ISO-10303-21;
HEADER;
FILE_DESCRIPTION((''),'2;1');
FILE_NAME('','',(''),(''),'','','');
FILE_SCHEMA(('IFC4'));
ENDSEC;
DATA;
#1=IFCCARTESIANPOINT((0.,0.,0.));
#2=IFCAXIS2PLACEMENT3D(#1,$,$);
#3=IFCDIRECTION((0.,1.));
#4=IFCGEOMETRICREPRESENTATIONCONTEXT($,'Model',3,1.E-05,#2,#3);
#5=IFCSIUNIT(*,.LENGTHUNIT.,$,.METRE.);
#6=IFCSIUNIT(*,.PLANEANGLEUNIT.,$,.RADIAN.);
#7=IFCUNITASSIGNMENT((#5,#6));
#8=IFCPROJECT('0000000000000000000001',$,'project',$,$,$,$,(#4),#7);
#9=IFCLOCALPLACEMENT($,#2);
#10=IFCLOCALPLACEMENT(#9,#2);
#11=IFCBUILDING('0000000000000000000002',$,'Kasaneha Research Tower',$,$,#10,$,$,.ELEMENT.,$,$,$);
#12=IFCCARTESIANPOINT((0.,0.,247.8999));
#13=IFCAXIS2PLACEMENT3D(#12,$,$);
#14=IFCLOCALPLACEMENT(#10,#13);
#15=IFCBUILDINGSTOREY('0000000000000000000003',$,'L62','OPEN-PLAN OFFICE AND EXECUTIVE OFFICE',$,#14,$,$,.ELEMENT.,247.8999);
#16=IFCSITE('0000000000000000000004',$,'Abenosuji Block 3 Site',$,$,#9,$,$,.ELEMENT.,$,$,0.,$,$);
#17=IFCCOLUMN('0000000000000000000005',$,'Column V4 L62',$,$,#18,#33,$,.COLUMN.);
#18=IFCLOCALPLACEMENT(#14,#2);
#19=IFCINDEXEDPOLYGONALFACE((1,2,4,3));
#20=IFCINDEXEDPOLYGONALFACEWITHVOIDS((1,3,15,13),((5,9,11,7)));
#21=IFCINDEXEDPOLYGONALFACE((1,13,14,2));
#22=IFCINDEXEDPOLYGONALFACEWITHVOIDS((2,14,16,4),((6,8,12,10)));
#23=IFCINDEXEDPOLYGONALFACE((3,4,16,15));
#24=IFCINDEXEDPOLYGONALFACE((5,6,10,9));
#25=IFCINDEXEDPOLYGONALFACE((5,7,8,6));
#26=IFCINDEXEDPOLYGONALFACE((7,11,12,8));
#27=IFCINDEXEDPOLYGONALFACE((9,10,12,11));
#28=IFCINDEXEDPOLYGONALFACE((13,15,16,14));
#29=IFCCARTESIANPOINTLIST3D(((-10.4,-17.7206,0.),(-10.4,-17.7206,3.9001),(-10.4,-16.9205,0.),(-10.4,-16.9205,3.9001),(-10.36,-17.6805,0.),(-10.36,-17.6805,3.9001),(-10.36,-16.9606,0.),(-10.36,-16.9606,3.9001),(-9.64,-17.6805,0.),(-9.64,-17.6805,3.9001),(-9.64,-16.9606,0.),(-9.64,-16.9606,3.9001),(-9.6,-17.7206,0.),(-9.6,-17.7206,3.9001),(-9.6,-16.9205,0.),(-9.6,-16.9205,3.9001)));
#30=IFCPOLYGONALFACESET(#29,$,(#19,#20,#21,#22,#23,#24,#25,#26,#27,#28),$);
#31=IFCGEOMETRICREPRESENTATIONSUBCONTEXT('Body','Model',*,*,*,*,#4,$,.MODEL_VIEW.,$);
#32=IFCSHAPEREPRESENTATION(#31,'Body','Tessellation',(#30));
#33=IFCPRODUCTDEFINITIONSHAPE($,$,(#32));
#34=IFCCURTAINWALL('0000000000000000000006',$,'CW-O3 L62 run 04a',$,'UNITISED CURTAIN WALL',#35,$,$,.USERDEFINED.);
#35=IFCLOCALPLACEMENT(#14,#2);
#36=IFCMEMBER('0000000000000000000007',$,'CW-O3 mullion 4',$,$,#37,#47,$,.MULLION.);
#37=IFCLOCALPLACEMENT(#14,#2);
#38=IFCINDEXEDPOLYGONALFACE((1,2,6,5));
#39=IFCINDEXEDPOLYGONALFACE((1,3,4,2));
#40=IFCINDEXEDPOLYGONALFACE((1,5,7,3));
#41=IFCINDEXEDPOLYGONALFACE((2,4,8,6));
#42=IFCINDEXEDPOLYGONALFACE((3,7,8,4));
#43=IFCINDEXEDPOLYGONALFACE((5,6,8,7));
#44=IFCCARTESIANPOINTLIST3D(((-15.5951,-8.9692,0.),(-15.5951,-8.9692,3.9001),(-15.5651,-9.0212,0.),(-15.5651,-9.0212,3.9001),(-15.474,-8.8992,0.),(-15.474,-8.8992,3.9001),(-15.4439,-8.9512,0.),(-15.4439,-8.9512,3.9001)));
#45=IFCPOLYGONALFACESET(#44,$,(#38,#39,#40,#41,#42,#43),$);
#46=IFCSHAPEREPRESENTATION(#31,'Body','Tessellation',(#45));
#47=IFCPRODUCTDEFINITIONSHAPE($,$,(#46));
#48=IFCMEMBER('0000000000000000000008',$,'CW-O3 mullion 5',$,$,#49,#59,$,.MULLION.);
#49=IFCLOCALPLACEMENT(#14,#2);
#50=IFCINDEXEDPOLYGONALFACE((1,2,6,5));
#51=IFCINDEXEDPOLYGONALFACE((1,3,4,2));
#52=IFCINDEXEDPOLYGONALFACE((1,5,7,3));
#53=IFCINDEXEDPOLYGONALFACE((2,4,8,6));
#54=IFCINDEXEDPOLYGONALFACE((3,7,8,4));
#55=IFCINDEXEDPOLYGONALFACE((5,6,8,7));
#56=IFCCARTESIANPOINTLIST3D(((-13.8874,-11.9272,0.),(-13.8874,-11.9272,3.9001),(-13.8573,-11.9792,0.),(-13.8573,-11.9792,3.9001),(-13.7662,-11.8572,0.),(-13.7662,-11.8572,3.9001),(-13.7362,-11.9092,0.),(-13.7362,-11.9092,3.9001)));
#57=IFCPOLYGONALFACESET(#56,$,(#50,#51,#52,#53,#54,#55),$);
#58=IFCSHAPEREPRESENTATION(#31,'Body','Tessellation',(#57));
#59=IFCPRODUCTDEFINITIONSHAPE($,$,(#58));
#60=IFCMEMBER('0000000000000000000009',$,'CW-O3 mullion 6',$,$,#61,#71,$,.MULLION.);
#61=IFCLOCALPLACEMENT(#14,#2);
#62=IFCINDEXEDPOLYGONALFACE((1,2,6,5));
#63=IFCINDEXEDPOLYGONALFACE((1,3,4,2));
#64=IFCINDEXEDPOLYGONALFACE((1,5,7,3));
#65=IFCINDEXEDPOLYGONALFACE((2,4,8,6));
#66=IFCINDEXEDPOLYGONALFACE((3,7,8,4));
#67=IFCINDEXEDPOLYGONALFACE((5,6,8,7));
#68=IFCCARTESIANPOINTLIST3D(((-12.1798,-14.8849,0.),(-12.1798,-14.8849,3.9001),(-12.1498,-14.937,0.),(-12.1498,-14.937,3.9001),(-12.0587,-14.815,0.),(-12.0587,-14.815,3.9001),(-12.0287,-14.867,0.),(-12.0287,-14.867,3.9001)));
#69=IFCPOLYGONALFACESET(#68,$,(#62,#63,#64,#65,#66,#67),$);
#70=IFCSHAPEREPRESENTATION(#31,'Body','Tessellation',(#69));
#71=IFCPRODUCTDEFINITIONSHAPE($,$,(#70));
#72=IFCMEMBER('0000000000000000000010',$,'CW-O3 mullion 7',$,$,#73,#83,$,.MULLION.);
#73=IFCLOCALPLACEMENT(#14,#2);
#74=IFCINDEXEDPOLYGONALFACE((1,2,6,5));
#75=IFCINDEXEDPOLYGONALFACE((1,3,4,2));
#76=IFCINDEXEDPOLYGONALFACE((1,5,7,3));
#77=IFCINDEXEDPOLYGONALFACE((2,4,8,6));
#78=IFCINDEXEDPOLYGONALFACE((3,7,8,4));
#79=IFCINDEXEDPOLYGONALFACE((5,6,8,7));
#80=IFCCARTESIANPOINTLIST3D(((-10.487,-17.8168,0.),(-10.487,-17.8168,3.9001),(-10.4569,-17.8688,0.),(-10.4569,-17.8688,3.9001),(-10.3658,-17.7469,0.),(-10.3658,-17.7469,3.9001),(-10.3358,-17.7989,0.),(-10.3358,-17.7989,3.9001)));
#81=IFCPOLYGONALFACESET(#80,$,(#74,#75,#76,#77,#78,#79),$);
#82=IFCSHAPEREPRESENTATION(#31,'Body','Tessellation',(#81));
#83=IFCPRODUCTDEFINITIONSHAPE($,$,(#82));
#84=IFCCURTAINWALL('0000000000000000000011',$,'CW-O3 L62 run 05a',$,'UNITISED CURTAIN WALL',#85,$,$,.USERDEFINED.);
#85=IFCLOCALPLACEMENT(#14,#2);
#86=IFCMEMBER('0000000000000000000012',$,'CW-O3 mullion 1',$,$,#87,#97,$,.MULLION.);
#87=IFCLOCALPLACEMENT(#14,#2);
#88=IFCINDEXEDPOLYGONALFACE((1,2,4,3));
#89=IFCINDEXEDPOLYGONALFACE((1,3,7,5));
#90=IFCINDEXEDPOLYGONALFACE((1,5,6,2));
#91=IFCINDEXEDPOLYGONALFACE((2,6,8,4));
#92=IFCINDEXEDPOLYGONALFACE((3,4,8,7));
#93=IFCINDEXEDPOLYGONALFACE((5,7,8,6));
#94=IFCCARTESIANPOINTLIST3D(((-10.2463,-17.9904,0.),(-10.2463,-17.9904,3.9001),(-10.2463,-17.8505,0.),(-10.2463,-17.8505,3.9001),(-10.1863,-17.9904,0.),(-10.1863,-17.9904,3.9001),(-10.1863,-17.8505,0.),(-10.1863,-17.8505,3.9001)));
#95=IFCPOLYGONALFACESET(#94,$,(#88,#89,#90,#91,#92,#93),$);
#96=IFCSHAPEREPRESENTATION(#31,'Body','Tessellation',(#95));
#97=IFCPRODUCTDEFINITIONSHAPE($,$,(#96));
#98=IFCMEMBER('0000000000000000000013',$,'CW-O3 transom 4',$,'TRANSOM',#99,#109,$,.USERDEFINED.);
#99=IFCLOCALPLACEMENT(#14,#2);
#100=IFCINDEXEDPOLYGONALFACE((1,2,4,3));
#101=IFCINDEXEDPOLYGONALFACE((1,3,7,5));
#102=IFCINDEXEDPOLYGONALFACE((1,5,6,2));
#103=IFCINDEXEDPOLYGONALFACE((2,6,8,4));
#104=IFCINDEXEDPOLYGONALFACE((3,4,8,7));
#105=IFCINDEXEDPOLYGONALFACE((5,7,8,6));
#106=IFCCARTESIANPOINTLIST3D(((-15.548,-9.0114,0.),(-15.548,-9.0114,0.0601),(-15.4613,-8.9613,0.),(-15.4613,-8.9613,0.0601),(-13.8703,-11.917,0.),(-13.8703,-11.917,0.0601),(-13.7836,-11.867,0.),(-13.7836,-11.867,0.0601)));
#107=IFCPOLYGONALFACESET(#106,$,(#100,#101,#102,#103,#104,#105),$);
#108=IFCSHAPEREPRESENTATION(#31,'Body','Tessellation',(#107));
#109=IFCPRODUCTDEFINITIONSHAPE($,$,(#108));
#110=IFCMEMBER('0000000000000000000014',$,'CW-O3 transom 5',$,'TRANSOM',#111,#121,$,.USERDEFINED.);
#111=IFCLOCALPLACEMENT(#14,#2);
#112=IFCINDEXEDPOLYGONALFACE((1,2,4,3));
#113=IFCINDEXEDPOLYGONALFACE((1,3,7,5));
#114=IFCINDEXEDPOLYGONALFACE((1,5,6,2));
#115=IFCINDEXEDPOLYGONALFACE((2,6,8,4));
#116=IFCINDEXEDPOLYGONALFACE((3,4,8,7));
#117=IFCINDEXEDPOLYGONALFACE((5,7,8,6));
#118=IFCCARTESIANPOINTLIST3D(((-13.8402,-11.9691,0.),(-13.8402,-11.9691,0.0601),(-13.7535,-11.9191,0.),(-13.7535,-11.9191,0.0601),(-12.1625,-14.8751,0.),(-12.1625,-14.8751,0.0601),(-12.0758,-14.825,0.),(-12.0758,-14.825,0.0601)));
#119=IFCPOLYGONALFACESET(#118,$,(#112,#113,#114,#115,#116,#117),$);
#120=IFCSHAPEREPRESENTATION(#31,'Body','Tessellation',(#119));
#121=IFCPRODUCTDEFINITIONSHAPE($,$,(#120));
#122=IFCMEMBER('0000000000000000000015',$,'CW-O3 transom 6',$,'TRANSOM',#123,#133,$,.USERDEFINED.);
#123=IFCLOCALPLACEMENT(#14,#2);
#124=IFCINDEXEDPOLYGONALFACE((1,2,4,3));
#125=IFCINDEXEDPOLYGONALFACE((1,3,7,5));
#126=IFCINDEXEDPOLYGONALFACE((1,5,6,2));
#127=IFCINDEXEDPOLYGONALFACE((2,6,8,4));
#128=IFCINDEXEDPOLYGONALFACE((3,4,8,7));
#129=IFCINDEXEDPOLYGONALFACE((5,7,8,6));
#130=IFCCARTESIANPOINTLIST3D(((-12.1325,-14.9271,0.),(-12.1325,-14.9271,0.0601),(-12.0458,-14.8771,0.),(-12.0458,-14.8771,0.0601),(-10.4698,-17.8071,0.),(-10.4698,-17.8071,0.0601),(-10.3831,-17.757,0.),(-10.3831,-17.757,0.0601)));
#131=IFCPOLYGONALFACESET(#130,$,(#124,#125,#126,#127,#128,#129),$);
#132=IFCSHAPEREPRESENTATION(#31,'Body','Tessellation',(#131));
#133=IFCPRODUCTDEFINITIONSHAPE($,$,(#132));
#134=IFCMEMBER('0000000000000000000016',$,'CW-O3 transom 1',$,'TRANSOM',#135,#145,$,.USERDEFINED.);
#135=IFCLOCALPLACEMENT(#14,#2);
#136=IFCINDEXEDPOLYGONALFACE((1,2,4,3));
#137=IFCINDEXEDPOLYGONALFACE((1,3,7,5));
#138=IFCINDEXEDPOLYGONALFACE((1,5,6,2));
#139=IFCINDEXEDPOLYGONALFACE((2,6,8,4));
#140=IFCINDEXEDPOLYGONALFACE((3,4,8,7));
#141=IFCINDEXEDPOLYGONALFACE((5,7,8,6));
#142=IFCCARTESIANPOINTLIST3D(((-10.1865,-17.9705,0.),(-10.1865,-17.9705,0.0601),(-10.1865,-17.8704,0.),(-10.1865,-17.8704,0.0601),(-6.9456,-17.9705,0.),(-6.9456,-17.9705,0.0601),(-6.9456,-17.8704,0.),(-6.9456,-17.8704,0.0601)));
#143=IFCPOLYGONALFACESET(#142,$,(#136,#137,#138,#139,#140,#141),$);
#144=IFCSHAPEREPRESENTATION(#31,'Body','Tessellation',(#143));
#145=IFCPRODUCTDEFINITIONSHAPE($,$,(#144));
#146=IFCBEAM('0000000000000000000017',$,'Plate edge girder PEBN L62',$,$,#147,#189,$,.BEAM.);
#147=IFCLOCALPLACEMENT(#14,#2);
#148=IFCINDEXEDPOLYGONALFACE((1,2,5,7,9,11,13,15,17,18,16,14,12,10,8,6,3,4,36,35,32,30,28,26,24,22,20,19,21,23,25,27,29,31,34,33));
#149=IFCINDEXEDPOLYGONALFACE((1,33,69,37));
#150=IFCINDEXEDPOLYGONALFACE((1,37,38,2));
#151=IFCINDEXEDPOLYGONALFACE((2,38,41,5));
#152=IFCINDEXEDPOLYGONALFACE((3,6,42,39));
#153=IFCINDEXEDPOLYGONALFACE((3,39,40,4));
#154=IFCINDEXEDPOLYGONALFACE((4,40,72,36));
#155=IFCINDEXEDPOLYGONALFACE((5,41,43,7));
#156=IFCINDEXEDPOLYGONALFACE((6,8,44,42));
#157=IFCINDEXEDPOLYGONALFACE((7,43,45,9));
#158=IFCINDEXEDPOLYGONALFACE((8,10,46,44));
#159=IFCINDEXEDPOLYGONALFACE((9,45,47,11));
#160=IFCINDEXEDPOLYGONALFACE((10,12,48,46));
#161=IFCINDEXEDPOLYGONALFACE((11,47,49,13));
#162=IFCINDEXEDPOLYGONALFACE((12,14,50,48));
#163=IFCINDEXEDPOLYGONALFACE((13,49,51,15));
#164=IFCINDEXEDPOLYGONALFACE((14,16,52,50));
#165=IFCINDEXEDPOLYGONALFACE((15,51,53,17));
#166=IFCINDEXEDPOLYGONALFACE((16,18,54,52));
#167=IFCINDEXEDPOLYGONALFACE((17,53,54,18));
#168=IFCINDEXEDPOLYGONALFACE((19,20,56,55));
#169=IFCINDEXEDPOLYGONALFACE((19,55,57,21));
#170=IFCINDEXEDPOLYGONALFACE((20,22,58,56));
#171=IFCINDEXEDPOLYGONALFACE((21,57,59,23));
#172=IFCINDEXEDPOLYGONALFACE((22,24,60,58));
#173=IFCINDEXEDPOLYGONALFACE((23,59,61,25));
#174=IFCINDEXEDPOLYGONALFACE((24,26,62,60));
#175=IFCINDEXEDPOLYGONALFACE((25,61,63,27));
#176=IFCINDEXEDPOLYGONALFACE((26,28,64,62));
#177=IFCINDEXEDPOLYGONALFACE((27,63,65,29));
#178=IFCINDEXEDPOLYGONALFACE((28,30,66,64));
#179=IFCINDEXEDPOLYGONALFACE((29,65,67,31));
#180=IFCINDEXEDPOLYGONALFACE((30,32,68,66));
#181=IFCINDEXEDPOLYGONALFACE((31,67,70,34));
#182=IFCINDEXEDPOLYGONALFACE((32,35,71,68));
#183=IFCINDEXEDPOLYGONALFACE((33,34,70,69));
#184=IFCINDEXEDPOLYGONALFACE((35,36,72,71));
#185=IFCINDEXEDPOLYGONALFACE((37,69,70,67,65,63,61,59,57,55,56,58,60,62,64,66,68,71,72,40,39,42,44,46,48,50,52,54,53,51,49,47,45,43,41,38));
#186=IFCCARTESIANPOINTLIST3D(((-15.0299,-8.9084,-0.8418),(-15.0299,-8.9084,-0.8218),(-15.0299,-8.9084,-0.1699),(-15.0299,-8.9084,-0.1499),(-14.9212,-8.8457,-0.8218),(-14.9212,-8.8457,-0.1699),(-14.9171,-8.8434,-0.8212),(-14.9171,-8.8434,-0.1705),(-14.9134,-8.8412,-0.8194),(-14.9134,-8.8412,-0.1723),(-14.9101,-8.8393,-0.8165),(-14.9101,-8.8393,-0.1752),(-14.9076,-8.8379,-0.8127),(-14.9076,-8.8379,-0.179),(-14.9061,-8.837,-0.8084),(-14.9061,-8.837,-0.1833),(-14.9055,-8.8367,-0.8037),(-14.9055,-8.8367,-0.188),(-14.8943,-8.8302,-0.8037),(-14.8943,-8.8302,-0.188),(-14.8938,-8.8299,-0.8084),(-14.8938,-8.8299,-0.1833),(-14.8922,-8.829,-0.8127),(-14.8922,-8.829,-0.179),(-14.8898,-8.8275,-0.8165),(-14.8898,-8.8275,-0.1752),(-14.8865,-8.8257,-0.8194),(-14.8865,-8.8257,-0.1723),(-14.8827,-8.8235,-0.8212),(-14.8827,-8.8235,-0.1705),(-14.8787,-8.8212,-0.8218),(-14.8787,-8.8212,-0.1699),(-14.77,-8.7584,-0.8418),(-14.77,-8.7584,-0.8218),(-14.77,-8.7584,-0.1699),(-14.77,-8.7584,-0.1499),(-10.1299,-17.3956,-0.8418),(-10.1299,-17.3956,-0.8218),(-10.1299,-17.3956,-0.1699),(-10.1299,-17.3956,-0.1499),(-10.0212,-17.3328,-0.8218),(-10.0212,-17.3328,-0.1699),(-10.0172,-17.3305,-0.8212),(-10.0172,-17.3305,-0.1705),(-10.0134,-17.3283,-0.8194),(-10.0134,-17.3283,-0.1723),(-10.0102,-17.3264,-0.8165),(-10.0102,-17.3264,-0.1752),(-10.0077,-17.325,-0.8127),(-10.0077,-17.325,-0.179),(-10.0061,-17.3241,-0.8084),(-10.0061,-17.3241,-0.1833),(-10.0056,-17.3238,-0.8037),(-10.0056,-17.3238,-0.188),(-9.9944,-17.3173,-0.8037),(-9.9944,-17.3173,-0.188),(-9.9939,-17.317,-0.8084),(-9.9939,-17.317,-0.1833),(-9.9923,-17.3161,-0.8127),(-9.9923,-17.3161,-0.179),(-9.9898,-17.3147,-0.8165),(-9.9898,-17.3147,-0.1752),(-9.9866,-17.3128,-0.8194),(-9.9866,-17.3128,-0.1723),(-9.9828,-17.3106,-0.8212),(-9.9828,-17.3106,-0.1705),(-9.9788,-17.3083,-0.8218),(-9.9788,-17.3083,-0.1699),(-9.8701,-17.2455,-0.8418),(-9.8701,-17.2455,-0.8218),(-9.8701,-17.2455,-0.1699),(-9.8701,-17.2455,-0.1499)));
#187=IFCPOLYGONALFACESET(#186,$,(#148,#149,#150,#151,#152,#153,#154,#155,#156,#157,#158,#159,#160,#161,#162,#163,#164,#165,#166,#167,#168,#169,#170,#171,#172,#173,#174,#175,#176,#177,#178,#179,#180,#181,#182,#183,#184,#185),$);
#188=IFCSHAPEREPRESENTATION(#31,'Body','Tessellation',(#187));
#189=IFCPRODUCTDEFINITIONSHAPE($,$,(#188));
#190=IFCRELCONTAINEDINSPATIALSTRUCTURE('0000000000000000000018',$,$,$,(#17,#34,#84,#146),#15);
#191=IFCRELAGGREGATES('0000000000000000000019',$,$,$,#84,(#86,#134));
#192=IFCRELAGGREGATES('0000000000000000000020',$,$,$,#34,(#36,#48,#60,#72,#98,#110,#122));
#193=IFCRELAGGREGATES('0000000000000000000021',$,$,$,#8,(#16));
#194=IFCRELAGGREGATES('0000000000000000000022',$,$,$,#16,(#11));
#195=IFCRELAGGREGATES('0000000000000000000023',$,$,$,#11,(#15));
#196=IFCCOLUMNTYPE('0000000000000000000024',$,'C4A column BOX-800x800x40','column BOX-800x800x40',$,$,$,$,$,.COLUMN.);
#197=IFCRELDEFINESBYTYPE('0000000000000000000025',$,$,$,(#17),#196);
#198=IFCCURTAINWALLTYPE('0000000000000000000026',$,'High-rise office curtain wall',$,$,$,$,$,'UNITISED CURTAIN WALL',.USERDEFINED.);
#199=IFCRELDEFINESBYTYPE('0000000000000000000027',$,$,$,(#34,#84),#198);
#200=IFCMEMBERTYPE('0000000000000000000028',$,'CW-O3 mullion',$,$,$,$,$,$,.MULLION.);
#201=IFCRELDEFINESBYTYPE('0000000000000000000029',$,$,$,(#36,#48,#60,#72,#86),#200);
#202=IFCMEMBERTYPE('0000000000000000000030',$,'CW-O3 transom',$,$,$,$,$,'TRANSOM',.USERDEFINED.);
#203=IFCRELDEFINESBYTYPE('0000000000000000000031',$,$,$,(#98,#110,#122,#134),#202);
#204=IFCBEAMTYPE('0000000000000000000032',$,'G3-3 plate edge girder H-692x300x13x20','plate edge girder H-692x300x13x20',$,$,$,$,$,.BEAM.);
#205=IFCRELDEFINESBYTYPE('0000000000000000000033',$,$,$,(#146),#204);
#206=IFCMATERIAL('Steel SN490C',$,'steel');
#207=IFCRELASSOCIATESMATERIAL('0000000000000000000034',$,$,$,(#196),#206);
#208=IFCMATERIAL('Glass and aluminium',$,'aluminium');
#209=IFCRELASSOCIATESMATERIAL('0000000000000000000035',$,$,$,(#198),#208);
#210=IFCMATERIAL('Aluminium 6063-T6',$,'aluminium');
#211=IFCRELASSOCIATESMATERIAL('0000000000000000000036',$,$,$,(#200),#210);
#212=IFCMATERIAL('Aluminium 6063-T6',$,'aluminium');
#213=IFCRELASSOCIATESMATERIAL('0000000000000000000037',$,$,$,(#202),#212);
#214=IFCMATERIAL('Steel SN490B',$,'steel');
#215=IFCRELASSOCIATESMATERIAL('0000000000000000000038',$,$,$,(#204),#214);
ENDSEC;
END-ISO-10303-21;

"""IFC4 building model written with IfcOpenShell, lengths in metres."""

from ifc_helpers import new_model, si_unit, direction, frame, origin, origin_2d, place, context, subcontext, project, spatial, rectangle, hollow_rectangle, i_section, extrude, material, material_profile, profile_set, type_object, element, aggregate, save


model = new_model("IFC4")

# Units and contexts
model_context = context("Model", 3, precision=1e-05, world=origin(), true_north=direction((0.0, 1.0)))
body_context = subcontext(model_context, "Body", "Model", "MODEL_VIEW")
ifc_project = project(units=[si_unit("LENGTHUNIT", "METRE"), si_unit("PLANEANGLEUNIT", "RADIAN")], contexts=[model_context])

# Site, building, storey
site_placement = place(None, origin())
site = spatial("IfcSite", under=ifc_project, at=site_placement, Name="Abenosuji Block 3 Site", CompositionType="ELEMENT", RefElevation=0.0)
building_placement = place(site_placement, origin())
building = spatial("IfcBuilding", under=site, at=building_placement, Name="Kasaneha Research Tower", CompositionType="ELEMENT")
storey_placement = place(building_placement, frame((0.0, 0.0, 247.8999)))
storey = spatial("IfcBuildingStorey", under=building, at=storey_placement, Name="L62", Description="OPEN-PLAN OFFICE AND EXECUTIVE OFFICE", CompositionType="ELEMENT", Elevation=247.8999)

# Column
ifc_material_1 = material(Name="Steel SN490C", Category="steel")
ifc_material_profile_1 = material_profile(ifc_material_1, hollow_rectangle(XDim=0.8, YDim=0.8, WallThickness=0.04, at=origin_2d()), Name="BOX-800x800x40")
ifc_profile_set_1 = profile_set([ifc_material_profile_1], Name="Steel SN490C")
column_type = type_object("IfcColumnType", Name="C4A column BOX-800x800x40", Description="column BOX-800x800x40", PredefinedType="COLUMN", material=ifc_profile_set_1)
column_placement = place(storey_placement, frame((-10.0, -17.3206, 0.0), z_axis=(0.0, 0.0, 1.0), x_axis=(1.0, 0.0, 0.0)))
element("IfcColumn", 1, at=column_placement, inside=storey, type_object=column_type, Name="Column V4 L62", PredefinedType="COLUMN", context=body_context, shape_type="SweptSolid", body=[
    extrude(hollow_rectangle(XDim=0.8, YDim=0.8, WallThickness=0.04, at=origin_2d()), origin(), (0.0, 0.0, 1.0), 3.9001),
])

# Curtain wall, members
ifc_material_2 = material(Name="Glass and aluminium", Category="aluminium")
curtain_wall_type = type_object("IfcCurtainWallType", Name="High-rise office curtain wall", ElementType="UNITISED CURTAIN WALL", PredefinedType="USERDEFINED", material=ifc_material_2)
curtain_wall_1_placement = place(storey_placement, origin())
curtain_wall_1 = element("IfcCurtainWall", 2, at=curtain_wall_1_placement, inside=storey, type_object=curtain_wall_type, Name="CW-O3 L62 run 04a", ObjectType="UNITISED CURTAIN WALL", PredefinedType="USERDEFINED")
ifc_material_3 = material(Name="Aluminium 6063-T6", Category="aluminium")
ifc_material_profile_2 = material_profile(ifc_material_3, rectangle(XDim=0.0601, YDim=0.1399, at=origin_2d()), Name="CW-O3 mullion 60x140")
ifc_profile_set_2 = profile_set([ifc_material_profile_2], Name="Aluminium 6063-T6")
member_type_1 = type_object("IfcMemberType", Name="CW-O3 mullion", PredefinedType="MULLION", material=ifc_profile_set_2)
member_1_placement = place(storey_placement, frame((-15.5195, -8.9602, 0.0), z_axis=(0.0, 0.0, 1.0), x_axis=(0.5, -0.866025, 0.0)))
member_1 = element("IfcMember", 3, at=member_1_placement, type_object=member_type_1, Name="CW-O3 mullion 4", PredefinedType="MULLION", context=body_context, shape_type="SweptSolid", body=[
    extrude(rectangle(XDim=0.0601, YDim=0.1399, at=origin_2d()), origin(), (0.0, 0.0, 1.0), 3.9001),
])
member_2_placement = place(storey_placement, frame((-13.8118, -11.9182, 0.0), z_axis=(0.0, 0.0, 1.0), x_axis=(0.5, -0.866025, 0.0)))
member_2 = element("IfcMember", 4, at=member_2_placement, type_object=member_type_1, Name="CW-O3 mullion 5", PredefinedType="MULLION", context=body_context, shape_type="SweptSolid", body=[
    extrude(rectangle(XDim=0.0601, YDim=0.1399, at=origin_2d()), origin(), (0.0, 0.0, 1.0), 3.9001),
])
member_3_placement = place(storey_placement, frame((-12.1042, -14.876, 0.0), z_axis=(0.0, 0.0, 1.0), x_axis=(0.5, -0.866025, 0.0)))
member_3 = element("IfcMember", 5, at=member_3_placement, type_object=member_type_1, Name="CW-O3 mullion 6", PredefinedType="MULLION", context=body_context, shape_type="SweptSolid", body=[
    extrude(rectangle(XDim=0.0601, YDim=0.1399, at=origin_2d()), origin(), (0.0, 0.0, 1.0), 3.9001),
])
member_4_placement = place(storey_placement, frame((-10.4114, -17.8079, 0.0), z_axis=(0.0, 0.0, 1.0), x_axis=(0.5, -0.866025, 0.0)))
member_4 = element("IfcMember", 6, at=member_4_placement, type_object=member_type_1, Name="CW-O3 mullion 7", PredefinedType="MULLION", context=body_context, shape_type="SweptSolid", body=[
    extrude(rectangle(XDim=0.0601, YDim=0.1399, at=origin_2d()), origin(), (0.0, 0.0, 1.0), 3.9001),
])

# Curtain wall, member
curtain_wall_2_placement = place(storey_placement, origin())
curtain_wall_2 = element("IfcCurtainWall", 7, at=curtain_wall_2_placement, inside=storey, type_object=curtain_wall_type, Name="CW-O3 L62 run 05a", ObjectType="UNITISED CURTAIN WALL", PredefinedType="USERDEFINED")
member_5_placement = place(storey_placement, frame((-10.2163, -17.9204, 0.0), z_axis=(0.0, 0.0, 1.0), x_axis=(1.0, 0.0, 0.0)))
member_5 = element("IfcMember", 8, at=member_5_placement, type_object=member_type_1, Name="CW-O3 mullion 1", PredefinedType="MULLION", context=body_context, shape_type="SweptSolid", body=[
    extrude(rectangle(XDim=0.0601, YDim=0.1399, at=origin_2d()), origin(), (0.0, 0.0, 1.0), 3.9001),
])

# Members
ifc_material_4 = material(Name="Aluminium 6063-T6", Category="aluminium")
ifc_material_profile_3 = material_profile(ifc_material_4, rectangle(XDim=0.1001, YDim=0.0601, at=origin_2d()), Name="CW-O3 transom 100x60")
ifc_profile_set_3 = profile_set([ifc_material_profile_3], Name="Aluminium 6063-T6")
member_type_2 = type_object("IfcMemberType", Name="CW-O3 transom", ElementType="TRANSOM", PredefinedType="USERDEFINED", material=ifc_profile_set_3)
member_6_placement = place(storey_placement, frame((-15.5046, -8.9863, 0.03), z_axis=(0.500021, -0.866014, 0.0), x_axis=(0.866014, 0.500021, 0.0)))
member_6 = element("IfcMember", 9, at=member_6_placement, type_object=member_type_2, Name="CW-O3 transom 4", ObjectType="TRANSOM", PredefinedType="USERDEFINED", context=body_context, shape_type="SweptSolid", body=[
    extrude(rectangle(XDim=0.1001, YDim=0.0601, at=origin_2d()), origin(), (0.0, 0.0, 1.0), 3.3552),
])
member_7_placement = place(storey_placement, frame((-13.7969, -11.9441, 0.03), z_axis=(0.499989, -0.866032, 0.0), x_axis=(0.866032, 0.499989, 0.0)))
member_7 = element("IfcMember", 10, at=member_7_placement, type_object=member_type_2, Name="CW-O3 transom 5", ObjectType="TRANSOM", PredefinedType="USERDEFINED", context=body_context, shape_type="SweptSolid", body=[
    extrude(rectangle(XDim=0.1001, YDim=0.0601, at=origin_2d()), origin(), (0.0, 0.0, 1.0), 3.3555),
])
member_8_placement = place(storey_placement, frame((-12.0891, -14.9021, 0.03), z_axis=(0.499977, -0.866039, 0.0), x_axis=(0.866039, 0.499977, 0.0)))
member_8 = element("IfcMember", 11, at=member_8_placement, type_object=member_type_2, Name="CW-O3 transom 6", ObjectType="TRANSOM", PredefinedType="USERDEFINED", context=body_context, shape_type="SweptSolid", body=[
    extrude(rectangle(XDim=0.1001, YDim=0.0601, at=origin_2d()), origin(), (0.0, 0.0, 1.0), 3.3254),
])
member_9_placement = place(storey_placement, frame((-10.1865, -17.9204, 0.03), z_axis=(1.0, 0.0, 0.0), x_axis=(0.0, 1.0, 0.0)))
member_9 = element("IfcMember", 12, at=member_9_placement, type_object=member_type_2, Name="CW-O3 transom 1", ObjectType="TRANSOM", PredefinedType="USERDEFINED", context=body_context, shape_type="SweptSolid", body=[
    extrude(rectangle(XDim=0.1001, YDim=0.0601, at=origin_2d()), origin(), (0.0, 0.0, 1.0), 3.241),
])
aggregate(curtain_wall_2, [member_5, member_9])

# Beam
ifc_material_5 = material(Name="Steel SN490B", Category="steel")
ifc_material_profile_4 = material_profile(ifc_material_5, i_section(OverallWidth=0.3, OverallDepth=0.6919, WebThickness=0.0129, FlangeThickness=0.02, FilletRadius=0.0181, at=origin_2d()), Name="H-692x300x13x20")
ifc_profile_set_4 = profile_set([ifc_material_profile_4], Name="Steel SN490B")
beam_type_1 = type_object("IfcBeamType", Name="G3-3 plate edge girder H-692x300x13x20", Description="plate edge girder H-692x300x13x20", PredefinedType="BEAM", material=ifc_profile_set_4)
beam_1_placement = place(storey_placement, frame((-10.0, -17.3206, -0.4958), z_axis=(-0.499992, 0.86603, 0.0), x_axis=(-0.86603, -0.499992, 0.0)))
element("IfcBeam", 13, at=beam_1_placement, inside=storey, type_object=beam_type_1, Name="Plate edge girder PEBN L62", PredefinedType="BEAM", context=body_context, shape_type="SweptSolid", body=[
    extrude(i_section(OverallWidth=0.3, OverallDepth=0.6919, WebThickness=0.0129, FlangeThickness=0.02, FilletRadius=0.0181, at=origin_2d()), origin(), (0.0, 0.0, 1.0), 9.8),
])

aggregate(curtain_wall_1, [member_1, member_2, member_3, member_4, member_6, member_7, member_8])

save(model, "model.ifc")
